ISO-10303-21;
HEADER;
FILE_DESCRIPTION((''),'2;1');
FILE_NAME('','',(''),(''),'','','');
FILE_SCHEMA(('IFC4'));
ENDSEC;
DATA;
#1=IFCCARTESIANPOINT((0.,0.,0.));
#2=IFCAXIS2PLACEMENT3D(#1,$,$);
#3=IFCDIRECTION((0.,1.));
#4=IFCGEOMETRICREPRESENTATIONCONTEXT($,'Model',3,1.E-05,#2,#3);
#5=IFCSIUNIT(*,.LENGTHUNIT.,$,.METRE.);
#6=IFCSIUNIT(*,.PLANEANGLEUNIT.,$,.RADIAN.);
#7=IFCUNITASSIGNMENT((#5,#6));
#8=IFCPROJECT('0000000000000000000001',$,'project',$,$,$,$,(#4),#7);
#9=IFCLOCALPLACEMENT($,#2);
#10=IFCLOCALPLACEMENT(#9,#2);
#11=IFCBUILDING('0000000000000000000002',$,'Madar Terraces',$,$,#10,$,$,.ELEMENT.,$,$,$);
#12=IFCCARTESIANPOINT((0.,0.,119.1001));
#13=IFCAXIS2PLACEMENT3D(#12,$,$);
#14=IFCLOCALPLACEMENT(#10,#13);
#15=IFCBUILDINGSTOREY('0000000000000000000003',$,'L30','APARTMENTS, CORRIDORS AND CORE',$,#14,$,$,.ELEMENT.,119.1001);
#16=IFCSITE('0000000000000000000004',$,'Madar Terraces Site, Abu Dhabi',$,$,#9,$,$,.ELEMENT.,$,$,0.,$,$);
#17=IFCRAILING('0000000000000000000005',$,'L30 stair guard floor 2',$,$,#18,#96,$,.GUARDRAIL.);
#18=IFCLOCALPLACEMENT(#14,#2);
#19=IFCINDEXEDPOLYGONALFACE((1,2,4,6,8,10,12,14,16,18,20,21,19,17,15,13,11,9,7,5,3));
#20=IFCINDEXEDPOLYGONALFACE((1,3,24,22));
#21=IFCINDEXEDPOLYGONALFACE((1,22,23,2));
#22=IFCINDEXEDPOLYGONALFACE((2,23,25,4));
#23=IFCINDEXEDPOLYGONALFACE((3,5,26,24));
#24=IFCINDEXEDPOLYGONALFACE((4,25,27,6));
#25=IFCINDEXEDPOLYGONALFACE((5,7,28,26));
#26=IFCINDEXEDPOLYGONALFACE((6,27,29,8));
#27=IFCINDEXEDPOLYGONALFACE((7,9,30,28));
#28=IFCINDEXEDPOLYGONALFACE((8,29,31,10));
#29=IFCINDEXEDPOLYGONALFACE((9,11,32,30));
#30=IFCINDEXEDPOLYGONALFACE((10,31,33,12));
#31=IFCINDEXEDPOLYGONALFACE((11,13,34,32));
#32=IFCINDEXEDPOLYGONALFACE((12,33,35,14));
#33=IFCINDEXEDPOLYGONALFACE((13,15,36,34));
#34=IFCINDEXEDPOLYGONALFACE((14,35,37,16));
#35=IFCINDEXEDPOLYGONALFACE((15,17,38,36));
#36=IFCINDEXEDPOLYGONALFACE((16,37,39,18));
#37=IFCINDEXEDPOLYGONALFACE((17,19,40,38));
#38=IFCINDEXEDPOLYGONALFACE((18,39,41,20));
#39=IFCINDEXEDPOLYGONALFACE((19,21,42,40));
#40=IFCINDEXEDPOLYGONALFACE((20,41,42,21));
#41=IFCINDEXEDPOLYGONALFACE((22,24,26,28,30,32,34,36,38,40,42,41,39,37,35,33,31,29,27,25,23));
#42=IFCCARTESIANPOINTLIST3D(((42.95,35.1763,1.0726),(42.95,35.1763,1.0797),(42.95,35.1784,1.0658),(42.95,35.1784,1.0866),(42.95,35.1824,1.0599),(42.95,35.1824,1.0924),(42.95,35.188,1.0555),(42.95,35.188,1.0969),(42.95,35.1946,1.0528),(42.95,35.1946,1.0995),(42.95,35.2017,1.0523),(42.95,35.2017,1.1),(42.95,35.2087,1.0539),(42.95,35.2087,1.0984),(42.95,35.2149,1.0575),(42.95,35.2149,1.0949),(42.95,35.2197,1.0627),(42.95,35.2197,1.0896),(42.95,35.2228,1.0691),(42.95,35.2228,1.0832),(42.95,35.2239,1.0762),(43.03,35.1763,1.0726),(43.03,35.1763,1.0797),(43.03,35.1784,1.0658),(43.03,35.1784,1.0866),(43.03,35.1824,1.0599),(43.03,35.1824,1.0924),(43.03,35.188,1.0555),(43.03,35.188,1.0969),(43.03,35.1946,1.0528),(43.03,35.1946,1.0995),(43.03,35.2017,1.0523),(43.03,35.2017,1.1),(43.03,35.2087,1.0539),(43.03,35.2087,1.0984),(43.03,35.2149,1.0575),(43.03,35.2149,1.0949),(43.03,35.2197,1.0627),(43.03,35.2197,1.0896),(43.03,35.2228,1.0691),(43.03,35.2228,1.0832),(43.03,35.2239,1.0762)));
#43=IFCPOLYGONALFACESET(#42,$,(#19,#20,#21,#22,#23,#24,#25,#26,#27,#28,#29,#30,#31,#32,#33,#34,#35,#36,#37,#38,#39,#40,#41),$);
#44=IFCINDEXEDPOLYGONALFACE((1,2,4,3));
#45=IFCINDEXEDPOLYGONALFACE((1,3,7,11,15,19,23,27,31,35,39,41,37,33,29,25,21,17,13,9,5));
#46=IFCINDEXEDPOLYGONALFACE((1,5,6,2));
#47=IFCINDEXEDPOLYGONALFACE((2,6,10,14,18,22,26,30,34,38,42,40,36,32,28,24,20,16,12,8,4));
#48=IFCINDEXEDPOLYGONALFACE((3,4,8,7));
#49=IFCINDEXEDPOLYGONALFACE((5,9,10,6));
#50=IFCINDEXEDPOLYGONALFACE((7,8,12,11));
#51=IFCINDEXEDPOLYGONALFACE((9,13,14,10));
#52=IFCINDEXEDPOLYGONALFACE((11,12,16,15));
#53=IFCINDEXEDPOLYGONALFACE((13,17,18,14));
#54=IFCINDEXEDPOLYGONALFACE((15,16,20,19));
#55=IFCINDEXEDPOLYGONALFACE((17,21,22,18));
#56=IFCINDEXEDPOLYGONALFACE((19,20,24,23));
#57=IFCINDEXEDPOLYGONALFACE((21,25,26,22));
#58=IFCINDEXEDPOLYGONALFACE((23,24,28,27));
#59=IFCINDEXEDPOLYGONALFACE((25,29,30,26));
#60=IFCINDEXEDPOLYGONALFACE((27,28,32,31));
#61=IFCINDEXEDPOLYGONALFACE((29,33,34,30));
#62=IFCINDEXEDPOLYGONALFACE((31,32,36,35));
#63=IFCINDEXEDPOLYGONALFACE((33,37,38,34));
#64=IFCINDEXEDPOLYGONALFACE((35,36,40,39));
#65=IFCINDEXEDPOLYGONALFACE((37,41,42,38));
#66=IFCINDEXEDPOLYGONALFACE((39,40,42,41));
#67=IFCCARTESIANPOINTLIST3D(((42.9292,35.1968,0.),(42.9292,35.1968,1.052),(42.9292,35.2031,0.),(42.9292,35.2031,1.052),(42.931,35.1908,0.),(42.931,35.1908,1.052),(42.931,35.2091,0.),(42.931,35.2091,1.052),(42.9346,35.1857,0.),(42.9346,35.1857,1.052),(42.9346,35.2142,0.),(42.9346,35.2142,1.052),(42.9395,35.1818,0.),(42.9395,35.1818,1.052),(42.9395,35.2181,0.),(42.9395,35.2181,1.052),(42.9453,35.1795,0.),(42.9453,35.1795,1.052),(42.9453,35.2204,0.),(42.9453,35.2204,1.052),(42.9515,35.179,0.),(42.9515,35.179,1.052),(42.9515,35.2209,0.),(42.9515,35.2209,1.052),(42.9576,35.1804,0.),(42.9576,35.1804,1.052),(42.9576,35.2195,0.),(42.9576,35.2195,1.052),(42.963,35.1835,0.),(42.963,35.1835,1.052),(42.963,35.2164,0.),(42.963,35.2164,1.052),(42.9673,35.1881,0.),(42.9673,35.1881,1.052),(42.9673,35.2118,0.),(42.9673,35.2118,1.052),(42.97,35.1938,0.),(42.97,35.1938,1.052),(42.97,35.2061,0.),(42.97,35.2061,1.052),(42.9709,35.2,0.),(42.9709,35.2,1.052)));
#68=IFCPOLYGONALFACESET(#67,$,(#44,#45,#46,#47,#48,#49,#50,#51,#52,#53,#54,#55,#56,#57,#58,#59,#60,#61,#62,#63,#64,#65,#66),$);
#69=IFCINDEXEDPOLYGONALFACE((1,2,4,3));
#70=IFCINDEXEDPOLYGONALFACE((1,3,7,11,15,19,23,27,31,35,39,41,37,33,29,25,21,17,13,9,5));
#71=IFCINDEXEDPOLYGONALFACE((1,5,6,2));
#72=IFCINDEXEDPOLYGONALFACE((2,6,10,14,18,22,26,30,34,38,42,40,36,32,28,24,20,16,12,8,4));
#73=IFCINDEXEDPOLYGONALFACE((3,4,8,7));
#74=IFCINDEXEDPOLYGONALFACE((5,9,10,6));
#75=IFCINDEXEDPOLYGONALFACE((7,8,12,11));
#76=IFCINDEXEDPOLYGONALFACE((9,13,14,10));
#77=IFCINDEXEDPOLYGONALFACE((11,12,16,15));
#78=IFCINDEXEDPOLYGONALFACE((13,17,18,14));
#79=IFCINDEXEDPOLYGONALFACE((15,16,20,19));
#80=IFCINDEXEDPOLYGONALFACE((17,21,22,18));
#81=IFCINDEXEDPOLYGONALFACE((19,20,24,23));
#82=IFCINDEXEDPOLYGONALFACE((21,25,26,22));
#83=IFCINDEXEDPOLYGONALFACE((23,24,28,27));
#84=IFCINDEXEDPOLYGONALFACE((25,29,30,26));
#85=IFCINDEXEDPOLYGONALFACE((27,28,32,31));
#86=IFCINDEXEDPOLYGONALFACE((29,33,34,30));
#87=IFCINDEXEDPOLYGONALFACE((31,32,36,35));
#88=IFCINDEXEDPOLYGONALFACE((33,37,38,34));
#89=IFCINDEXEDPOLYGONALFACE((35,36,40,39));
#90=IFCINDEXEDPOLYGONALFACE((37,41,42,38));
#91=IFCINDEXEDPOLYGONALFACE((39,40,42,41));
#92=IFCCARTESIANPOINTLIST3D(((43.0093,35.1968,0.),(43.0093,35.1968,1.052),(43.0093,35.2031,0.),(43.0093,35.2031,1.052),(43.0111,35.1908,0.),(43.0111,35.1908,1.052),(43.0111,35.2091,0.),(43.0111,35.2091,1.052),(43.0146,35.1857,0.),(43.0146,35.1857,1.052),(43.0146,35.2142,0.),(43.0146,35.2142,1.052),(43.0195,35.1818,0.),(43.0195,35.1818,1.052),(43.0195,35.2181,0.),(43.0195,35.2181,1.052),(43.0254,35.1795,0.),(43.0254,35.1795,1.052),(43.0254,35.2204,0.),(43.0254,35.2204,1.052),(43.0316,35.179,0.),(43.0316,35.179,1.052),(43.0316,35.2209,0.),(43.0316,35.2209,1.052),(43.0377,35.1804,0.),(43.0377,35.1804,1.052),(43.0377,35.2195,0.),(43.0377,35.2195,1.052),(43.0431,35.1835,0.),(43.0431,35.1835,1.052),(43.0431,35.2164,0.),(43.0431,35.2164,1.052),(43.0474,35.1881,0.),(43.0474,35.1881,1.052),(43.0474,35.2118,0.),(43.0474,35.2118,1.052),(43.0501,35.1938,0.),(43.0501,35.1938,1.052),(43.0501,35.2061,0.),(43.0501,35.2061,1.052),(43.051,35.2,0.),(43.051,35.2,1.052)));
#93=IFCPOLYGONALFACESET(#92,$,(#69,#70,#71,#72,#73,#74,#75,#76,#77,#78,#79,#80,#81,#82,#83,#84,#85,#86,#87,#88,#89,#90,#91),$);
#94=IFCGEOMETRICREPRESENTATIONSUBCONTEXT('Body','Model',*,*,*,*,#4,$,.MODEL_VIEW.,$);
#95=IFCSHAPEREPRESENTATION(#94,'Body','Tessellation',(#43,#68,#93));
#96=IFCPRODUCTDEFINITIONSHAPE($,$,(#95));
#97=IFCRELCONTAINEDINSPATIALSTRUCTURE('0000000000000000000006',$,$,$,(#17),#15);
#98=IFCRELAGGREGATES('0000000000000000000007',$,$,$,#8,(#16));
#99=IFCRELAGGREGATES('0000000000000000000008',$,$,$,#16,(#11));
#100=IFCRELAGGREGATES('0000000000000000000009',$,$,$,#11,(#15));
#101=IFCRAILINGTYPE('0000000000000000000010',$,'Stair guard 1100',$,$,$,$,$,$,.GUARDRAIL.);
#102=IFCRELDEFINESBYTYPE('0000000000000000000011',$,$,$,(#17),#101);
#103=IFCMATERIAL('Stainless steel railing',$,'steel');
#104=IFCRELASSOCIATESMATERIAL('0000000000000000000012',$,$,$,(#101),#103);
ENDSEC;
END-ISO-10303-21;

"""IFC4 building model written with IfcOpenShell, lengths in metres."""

from ifc_helpers import new_model, si_unit, direction, frame, origin, origin_2d, place, context, subcontext, project, spatial, circle, extrude, material, type_object, element, save


model = new_model("IFC4")

# Units and contexts
model_context = context("Model", 3, precision=1e-05, world=origin(), true_north=direction((0.0, 1.0)))
body_context = subcontext(model_context, "Body", "Model", "MODEL_VIEW")
ifc_project = project(units=[si_unit("LENGTHUNIT", "METRE"), si_unit("PLANEANGLEUNIT", "RADIAN")], contexts=[model_context])

# Site, building, storey
site_placement = place(None, origin())
site = spatial("IfcSite", under=ifc_project, at=site_placement, Name="Madar Terraces Site, Abu Dhabi", CompositionType="ELEMENT", RefElevation=0.0)
building_placement = place(site_placement, origin())
building = spatial("IfcBuilding", under=site, at=building_placement, Name="Madar Terraces", CompositionType="ELEMENT")
storey_placement = place(building_placement, frame((0.0, 0.0, 119.1001)))
storey = spatial("IfcBuildingStorey", under=building, at=storey_placement, Name="L30", Description="APARTMENTS, CORRIDORS AND CORE", CompositionType="ELEMENT", Elevation=119.1001)

# Railing
ifc_material_1 = material(Name="Stainless steel railing", Category="steel")
railing_type_1 = type_object("IfcRailingType", Name="Stair guard 1100", PredefinedType="GUARDRAIL", material=ifc_material_1)
railing_1_placement = place(storey_placement, frame((42.95, 35.2, 0.0)))
element("IfcRailing", 1, at=railing_1_placement, inside=storey, type_object=railing_type_1, Name="L30 stair guard floor 2", PredefinedType="GUARDRAIL", context=body_context, shape_type="SweptSolid", body=[
    extrude(circle(Radius=0.0239, at=origin_2d()), frame((0.0, 0.0, 1.0762), z_axis=(1.0, 0.0, 0.0), x_axis=(0.0, 1.0, 0.0)), (0.0, 0.0, 1.0), 0.0801),
    extrude(circle(Radius=0.021, at=origin_2d()), origin(), (0.0, 0.0, 1.0), 1.052),
    extrude(circle(Radius=0.021, at=origin_2d()), frame((0.0801, 0.0, 0.0)), (0.0, 0.0, 1.0), 1.052),
])

save(model, "model.ifc")
